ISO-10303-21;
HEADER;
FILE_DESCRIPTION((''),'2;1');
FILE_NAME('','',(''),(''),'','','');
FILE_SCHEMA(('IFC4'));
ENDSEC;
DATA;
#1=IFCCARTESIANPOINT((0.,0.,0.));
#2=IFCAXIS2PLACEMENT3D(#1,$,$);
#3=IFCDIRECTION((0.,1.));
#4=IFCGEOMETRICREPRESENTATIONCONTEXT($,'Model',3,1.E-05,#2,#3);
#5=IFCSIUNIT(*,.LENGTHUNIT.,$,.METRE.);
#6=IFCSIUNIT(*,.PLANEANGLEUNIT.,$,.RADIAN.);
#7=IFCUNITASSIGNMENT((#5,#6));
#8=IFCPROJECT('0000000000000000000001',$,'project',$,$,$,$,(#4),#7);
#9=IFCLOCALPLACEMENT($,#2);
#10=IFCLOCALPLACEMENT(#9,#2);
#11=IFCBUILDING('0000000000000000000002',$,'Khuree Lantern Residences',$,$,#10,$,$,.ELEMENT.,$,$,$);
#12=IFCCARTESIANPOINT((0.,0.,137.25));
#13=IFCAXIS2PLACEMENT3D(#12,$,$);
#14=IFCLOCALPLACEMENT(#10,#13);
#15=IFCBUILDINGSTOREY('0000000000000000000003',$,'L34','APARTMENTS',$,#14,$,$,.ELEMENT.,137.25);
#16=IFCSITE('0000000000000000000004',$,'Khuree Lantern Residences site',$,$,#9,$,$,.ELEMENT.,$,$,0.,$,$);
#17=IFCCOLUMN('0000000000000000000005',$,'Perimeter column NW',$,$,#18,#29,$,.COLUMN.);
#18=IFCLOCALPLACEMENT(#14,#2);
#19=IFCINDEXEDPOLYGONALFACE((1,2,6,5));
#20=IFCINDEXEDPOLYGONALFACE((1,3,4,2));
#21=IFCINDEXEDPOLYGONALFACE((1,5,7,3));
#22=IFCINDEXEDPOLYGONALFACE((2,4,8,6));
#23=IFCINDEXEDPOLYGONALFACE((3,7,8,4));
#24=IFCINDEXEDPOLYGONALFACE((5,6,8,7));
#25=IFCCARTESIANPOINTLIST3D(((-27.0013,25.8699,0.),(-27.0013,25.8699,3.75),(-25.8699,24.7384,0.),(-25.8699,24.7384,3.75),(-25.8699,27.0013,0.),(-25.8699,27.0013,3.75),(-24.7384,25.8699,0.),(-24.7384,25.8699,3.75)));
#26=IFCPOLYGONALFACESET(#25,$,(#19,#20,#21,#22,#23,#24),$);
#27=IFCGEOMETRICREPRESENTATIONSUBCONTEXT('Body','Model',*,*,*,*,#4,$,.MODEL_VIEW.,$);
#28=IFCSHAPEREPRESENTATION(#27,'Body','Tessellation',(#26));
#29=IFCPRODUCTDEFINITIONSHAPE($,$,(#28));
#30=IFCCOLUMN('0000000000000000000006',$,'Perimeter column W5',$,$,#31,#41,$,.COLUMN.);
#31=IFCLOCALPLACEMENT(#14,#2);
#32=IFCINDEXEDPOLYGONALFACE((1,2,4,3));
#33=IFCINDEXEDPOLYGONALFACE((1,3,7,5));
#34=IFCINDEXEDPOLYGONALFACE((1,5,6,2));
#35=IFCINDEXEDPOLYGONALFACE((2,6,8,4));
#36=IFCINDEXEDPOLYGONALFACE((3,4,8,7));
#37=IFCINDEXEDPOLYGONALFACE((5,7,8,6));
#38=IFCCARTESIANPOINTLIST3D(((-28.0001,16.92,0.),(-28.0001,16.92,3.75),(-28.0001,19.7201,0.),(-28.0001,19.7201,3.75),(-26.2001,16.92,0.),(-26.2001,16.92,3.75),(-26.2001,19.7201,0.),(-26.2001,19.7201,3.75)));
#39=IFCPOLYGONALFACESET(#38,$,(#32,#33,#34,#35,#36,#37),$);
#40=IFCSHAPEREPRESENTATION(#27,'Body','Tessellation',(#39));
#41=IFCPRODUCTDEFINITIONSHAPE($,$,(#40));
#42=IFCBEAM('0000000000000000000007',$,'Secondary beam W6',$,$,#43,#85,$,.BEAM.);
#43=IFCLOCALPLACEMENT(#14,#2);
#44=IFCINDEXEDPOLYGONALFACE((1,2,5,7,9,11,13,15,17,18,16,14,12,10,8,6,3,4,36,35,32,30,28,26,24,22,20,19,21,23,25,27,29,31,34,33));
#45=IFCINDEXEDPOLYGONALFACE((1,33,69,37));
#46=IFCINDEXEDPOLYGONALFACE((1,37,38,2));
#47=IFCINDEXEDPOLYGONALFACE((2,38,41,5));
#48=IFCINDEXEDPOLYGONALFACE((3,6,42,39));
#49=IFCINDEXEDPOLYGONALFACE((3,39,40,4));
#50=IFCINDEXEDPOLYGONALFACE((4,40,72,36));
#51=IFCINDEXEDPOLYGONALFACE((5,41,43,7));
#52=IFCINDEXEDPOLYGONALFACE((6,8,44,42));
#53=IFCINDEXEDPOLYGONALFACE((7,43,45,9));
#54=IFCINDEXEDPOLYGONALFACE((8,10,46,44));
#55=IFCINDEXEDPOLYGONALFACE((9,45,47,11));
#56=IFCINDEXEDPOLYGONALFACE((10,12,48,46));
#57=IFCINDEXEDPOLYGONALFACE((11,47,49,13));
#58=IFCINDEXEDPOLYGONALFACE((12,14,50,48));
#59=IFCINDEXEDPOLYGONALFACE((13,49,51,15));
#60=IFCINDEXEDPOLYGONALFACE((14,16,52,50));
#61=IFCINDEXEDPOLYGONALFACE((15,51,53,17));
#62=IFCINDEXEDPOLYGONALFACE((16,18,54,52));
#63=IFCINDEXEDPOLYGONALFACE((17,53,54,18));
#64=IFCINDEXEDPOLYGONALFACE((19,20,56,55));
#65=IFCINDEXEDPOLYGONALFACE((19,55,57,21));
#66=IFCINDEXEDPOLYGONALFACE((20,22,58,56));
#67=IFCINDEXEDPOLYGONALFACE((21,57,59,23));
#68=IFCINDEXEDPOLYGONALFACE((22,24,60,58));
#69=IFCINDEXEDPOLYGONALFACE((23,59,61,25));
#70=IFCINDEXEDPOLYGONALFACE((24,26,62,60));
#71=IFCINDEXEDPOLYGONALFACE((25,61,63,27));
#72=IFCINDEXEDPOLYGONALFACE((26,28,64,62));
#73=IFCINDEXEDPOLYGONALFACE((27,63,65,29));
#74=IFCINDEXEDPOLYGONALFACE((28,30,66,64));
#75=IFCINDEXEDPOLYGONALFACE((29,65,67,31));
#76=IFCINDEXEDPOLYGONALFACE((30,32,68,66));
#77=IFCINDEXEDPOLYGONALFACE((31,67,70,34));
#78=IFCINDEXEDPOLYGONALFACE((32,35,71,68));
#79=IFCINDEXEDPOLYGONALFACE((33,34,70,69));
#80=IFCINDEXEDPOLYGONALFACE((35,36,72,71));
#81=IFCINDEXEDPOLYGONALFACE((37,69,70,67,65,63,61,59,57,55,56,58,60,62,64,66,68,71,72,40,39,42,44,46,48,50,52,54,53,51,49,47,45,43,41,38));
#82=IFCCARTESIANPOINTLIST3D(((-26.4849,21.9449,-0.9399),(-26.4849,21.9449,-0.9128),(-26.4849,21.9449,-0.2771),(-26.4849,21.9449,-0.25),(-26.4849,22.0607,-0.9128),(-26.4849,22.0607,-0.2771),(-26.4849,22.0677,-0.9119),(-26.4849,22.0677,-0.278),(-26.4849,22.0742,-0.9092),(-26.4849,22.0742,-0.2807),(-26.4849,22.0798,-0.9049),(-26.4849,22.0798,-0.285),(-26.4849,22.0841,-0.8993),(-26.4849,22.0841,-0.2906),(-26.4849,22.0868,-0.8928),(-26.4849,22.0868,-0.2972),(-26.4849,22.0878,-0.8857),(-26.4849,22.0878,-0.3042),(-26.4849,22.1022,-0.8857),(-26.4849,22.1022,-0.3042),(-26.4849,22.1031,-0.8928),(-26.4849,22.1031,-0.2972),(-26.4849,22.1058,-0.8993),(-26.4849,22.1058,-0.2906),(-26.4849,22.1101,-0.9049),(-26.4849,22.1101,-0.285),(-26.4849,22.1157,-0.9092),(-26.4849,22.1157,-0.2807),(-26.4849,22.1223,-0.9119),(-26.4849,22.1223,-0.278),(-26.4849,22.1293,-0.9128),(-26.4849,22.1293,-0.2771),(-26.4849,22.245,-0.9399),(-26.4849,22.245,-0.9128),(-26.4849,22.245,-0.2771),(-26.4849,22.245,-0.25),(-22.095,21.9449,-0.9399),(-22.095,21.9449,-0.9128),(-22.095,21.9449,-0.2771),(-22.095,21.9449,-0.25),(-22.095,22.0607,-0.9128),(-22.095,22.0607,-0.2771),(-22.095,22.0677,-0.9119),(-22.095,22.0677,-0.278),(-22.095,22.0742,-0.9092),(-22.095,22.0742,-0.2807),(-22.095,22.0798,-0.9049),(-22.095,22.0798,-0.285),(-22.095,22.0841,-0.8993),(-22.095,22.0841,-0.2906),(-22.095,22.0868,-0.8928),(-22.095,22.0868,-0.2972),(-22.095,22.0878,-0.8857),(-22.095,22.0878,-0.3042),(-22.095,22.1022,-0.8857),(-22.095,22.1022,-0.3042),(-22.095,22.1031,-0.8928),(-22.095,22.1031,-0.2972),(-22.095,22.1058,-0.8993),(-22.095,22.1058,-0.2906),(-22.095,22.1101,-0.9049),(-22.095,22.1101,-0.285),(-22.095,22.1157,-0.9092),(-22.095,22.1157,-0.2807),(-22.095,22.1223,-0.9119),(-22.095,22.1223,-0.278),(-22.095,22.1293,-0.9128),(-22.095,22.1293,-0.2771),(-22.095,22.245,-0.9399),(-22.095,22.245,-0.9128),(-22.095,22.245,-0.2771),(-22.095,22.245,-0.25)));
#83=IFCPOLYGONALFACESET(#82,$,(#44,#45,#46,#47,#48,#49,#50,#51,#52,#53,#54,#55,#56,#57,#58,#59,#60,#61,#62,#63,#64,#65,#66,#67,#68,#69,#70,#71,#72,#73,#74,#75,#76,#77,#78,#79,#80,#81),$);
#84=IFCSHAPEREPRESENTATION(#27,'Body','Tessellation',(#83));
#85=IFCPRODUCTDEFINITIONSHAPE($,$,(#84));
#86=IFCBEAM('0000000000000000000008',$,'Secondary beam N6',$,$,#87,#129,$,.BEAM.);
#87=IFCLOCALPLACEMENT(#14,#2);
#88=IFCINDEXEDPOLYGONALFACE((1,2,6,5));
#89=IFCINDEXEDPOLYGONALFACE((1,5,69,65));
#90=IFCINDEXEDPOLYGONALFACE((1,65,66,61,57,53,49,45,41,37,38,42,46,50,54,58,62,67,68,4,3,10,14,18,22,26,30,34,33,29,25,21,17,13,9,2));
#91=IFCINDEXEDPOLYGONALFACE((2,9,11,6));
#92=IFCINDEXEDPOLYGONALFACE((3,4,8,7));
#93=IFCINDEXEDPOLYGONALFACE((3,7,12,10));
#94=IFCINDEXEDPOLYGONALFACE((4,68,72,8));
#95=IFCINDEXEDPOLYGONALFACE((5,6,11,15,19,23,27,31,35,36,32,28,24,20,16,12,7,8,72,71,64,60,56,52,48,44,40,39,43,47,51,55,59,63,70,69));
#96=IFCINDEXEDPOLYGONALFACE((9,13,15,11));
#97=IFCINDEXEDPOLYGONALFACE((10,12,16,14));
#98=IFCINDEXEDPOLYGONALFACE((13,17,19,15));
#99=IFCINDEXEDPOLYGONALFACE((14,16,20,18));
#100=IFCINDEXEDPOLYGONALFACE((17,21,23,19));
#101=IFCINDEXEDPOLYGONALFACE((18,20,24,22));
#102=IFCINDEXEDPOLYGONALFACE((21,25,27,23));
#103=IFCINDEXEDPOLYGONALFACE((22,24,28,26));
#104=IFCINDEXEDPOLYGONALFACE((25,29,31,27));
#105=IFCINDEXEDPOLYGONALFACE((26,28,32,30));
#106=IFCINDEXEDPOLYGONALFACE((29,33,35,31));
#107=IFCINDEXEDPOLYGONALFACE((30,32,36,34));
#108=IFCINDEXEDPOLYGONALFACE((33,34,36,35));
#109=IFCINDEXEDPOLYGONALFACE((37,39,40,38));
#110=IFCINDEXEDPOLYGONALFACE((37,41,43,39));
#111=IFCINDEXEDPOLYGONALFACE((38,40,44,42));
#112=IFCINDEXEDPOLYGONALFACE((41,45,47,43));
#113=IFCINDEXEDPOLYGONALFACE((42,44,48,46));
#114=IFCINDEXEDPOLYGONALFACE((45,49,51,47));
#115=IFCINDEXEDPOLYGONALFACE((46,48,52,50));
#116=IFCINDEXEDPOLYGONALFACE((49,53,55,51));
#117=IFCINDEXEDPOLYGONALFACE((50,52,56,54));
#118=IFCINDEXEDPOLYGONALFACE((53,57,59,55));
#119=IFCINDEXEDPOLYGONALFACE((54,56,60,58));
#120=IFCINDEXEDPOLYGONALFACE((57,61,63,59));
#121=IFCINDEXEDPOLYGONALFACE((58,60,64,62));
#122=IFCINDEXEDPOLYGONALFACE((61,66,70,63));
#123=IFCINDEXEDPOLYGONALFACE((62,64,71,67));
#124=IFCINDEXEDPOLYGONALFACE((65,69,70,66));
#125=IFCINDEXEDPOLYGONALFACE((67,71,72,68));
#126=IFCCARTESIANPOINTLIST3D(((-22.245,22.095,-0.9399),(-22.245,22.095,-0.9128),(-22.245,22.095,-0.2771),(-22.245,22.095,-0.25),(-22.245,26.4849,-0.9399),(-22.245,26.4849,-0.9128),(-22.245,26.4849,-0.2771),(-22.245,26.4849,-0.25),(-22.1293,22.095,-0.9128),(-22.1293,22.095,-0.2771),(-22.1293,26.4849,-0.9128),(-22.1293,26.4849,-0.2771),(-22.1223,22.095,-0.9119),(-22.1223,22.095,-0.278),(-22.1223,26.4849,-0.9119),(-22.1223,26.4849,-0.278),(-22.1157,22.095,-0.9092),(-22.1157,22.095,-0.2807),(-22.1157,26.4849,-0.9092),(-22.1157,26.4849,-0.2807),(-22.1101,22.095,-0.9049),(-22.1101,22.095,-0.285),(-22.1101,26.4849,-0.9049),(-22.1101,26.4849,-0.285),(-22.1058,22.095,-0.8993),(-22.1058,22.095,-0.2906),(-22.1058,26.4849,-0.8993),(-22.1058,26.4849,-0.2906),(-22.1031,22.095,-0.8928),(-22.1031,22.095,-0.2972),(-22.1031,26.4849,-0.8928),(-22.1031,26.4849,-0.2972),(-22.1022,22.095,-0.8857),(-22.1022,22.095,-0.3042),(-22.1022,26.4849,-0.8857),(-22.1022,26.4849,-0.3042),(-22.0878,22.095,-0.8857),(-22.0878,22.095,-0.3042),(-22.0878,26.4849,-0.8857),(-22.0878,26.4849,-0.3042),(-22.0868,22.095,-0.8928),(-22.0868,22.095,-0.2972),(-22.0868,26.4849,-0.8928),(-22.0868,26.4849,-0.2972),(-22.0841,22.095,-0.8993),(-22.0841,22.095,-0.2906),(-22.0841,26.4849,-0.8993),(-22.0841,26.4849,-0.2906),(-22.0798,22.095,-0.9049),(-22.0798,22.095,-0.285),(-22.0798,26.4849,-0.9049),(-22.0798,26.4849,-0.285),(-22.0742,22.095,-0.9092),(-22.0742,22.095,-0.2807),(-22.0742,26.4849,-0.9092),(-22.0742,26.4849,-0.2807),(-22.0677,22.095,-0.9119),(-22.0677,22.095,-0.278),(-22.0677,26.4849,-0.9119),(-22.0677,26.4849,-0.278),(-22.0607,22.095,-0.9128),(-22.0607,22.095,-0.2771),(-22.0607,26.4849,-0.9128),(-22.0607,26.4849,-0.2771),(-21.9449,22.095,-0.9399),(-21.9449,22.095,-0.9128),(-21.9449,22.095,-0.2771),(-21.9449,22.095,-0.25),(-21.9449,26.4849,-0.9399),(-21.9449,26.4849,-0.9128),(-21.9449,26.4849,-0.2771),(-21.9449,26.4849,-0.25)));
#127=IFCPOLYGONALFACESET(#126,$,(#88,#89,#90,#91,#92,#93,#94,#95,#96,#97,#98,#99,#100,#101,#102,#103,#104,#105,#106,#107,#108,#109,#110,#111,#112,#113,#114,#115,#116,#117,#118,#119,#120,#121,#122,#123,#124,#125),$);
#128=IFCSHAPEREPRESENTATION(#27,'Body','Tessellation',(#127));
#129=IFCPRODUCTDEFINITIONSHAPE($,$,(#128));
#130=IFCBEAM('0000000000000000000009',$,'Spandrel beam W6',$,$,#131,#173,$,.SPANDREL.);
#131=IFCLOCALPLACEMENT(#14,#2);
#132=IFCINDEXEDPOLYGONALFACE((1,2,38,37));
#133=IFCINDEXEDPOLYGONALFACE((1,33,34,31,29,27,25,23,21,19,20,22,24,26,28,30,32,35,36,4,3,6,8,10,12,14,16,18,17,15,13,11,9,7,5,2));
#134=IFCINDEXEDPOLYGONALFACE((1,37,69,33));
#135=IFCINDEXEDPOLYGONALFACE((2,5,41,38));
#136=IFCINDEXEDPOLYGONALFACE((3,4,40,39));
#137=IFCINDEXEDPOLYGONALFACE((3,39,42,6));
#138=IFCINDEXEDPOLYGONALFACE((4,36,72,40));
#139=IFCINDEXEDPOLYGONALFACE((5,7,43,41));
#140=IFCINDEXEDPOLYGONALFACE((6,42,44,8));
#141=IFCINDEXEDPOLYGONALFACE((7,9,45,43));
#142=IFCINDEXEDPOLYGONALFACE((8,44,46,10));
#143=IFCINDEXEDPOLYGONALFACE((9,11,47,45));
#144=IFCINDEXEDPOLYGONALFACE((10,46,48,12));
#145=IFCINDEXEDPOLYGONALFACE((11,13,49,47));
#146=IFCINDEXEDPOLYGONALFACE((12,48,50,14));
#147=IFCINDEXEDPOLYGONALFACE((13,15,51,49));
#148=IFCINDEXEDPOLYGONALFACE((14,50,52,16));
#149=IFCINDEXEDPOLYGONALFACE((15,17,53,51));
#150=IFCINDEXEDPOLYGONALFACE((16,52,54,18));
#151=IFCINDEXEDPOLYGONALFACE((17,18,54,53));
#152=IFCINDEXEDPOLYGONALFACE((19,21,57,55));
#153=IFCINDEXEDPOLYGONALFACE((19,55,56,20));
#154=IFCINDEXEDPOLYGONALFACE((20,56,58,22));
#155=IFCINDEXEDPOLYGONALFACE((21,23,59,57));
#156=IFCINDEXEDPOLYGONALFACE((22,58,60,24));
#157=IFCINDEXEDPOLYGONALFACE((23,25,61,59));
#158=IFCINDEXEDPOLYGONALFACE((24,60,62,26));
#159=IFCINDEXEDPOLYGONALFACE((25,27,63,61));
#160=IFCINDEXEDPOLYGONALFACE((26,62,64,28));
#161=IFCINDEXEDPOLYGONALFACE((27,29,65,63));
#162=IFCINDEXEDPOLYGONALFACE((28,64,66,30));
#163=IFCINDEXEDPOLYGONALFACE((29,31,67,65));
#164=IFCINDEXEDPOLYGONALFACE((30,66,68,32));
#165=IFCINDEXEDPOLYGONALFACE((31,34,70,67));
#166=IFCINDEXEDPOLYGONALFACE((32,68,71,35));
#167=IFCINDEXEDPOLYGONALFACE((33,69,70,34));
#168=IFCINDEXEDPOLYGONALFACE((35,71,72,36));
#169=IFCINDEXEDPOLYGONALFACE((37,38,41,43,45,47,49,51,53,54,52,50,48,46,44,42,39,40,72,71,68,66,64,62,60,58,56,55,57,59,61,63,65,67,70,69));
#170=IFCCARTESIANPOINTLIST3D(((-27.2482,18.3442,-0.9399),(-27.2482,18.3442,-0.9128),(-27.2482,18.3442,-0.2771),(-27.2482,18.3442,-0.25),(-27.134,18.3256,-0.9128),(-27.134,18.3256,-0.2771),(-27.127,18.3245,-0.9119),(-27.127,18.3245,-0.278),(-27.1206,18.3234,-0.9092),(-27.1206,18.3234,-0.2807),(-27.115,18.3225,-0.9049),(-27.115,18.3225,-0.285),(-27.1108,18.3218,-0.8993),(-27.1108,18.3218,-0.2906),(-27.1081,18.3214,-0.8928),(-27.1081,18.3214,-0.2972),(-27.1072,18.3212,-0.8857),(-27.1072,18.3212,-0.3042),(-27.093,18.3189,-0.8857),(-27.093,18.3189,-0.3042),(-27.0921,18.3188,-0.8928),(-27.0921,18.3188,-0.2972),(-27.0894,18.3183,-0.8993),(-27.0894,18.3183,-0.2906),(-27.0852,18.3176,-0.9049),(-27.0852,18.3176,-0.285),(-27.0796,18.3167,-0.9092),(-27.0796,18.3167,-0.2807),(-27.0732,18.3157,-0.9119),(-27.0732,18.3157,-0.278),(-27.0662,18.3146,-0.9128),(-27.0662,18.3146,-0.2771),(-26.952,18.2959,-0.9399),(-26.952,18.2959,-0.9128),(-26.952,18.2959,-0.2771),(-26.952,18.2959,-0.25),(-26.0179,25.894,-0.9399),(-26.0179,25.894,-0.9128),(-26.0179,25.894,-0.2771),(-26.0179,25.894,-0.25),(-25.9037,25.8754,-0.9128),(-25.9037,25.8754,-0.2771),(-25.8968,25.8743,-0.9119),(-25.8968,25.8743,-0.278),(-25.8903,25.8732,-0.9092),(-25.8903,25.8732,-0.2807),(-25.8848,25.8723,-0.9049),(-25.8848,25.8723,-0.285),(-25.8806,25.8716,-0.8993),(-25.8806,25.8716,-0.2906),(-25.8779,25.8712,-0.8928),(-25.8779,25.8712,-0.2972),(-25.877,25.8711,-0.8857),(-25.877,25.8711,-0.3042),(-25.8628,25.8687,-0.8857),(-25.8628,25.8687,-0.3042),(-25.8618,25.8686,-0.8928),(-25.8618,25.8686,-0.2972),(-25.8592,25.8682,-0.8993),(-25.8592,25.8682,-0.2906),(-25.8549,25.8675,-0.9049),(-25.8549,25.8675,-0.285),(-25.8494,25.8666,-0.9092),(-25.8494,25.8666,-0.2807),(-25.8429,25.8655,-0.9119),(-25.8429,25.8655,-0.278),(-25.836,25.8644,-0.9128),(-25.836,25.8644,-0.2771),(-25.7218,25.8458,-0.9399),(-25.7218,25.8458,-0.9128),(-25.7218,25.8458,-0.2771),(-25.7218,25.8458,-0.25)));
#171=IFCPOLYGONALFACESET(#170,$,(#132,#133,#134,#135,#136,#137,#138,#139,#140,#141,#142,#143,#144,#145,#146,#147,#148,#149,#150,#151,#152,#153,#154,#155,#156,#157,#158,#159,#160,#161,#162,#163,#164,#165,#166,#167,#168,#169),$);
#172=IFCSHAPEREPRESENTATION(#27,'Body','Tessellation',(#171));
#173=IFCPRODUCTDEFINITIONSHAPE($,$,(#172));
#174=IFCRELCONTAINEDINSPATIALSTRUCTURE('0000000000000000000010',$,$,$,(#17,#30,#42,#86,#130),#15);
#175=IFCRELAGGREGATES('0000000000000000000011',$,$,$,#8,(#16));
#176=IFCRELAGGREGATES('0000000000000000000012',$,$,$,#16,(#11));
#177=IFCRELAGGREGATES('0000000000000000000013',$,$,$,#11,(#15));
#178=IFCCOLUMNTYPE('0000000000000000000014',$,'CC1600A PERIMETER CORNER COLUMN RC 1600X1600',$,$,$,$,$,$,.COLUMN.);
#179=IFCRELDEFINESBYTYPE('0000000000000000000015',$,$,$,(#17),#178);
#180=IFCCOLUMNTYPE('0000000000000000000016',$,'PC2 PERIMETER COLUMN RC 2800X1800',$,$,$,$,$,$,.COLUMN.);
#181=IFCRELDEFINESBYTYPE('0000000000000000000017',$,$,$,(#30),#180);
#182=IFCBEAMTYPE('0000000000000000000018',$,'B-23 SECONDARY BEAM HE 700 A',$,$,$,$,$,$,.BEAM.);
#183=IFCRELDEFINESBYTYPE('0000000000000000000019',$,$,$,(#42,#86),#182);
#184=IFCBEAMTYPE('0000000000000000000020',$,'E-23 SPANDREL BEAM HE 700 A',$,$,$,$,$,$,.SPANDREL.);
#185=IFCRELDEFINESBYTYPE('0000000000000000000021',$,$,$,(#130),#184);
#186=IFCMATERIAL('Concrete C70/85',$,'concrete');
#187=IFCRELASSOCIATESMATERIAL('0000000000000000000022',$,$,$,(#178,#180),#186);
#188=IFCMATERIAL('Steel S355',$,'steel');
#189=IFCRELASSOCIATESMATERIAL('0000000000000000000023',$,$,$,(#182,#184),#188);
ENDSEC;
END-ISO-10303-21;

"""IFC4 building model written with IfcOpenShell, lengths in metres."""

from ifc_helpers import new_model, si_unit, direction, frame, origin, origin_2d, place, context, subcontext, project, spatial, rectangle, i_section, extrude, material, material_profile, profile_set, type_object, element, save


model = new_model("IFC4")

# Units and contexts
model_context = context("Model", 3, precision=1e-05, world=origin(), true_north=direction((0.0, 1.0)))
body_context = subcontext(model_context, "Body", "Model", "MODEL_VIEW")
ifc_project = project(units=[si_unit("LENGTHUNIT", "METRE"), si_unit("PLANEANGLEUNIT", "RADIAN")], contexts=[model_context])

# Site, building, storey
site_placement = place(None, origin())
site = spatial("IfcSite", under=ifc_project, at=site_placement, Name="Khuree Lantern Residences site", CompositionType="ELEMENT", RefElevation=0.0)
building_placement = place(site_placement, origin())
building = spatial("IfcBuilding", under=site, at=building_placement, Name="Khuree Lantern Residences", CompositionType="ELEMENT")
storey_placement = place(building_placement, frame((0.0, 0.0, 137.25)))
storey = spatial("IfcBuildingStorey", under=building, at=storey_placement, Name="L34", Description="APARTMENTS", CompositionType="ELEMENT", Elevation=137.25)

# Columns
ifc_material_1 = material(Name="Concrete C70/85", Category="concrete")
ifc_material_profile_1 = material_profile(ifc_material_1, rectangle(XDim=1.6001, YDim=1.6001, at=origin_2d()), Name="RC 1600X1600")
ifc_profile_set_1 = profile_set([ifc_material_profile_1], Name="Concrete C70/85")
column_type_1 = type_object("IfcColumnType", Name="CC1600A PERIMETER CORNER COLUMN RC 1600X1600", PredefinedType="COLUMN", material=ifc_profile_set_1)
column_1_placement = place(storey_placement, frame((-25.8699, 25.8699, 0.0), z_axis=(0.0, 0.0, 1.0), x_axis=(0.707107, 0.707107, 0.0)))
element("IfcColumn", 1, at=column_1_placement, inside=storey, type_object=column_type_1, Name="Perimeter column NW", PredefinedType="COLUMN", context=body_context, shape_type="SweptSolid", body=[
    extrude(rectangle(XDim=1.6001, YDim=1.6001, at=origin_2d()), origin(), (0.0, 0.0, 1.0), 3.75),
])
ifc_material_profile_2 = material_profile(ifc_material_1, rectangle(XDim=2.8, YDim=1.8, at=origin_2d()), Name="RC 2800X1800")
ifc_profile_set_2 = profile_set([ifc_material_profile_2], Name="Concrete C70/85")
column_type_2 = type_object("IfcColumnType", Name="PC2 PERIMETER COLUMN RC 2800X1800", PredefinedType="COLUMN", material=ifc_profile_set_2)
column_2_placement = place(storey_placement, frame((-27.1001, 18.3201, 0.0), z_axis=(0.0, 0.0, 1.0), x_axis=(0.0, 1.0, 0.0)))
element("IfcColumn", 2, at=column_2_placement, inside=storey, type_object=column_type_2, Name="Perimeter column W5", PredefinedType="COLUMN", context=body_context, shape_type="SweptSolid", body=[
    extrude(rectangle(XDim=2.8, YDim=1.8, at=origin_2d()), origin(), (0.0, 0.0, 1.0), 3.75),
])

# Beams
ifc_material_2 = material(Name="Steel S355", Category="steel")
ifc_material_profile_3 = material_profile(ifc_material_2, i_section(OverallWidth=0.3, OverallDepth=0.6899, WebThickness=0.0144, FlangeThickness=0.0271, FilletRadius=0.0271, at=origin_2d()), Name="HE 700 A")
ifc_profile_set_3 = profile_set([ifc_material_profile_3], Name="Steel S355")
beam_type_1 = type_object("IfcBeamType", Name="B-23 SECONDARY BEAM HE 700 A", PredefinedType="BEAM", material=ifc_profile_set_3)
for number, where, z_axis, x_axis, name in (
    (3, (-26.4849, 22.095, -0.595), (1.0, 0.0, 0.0), (0.0, 1.0, 0.0), "Secondary beam W6"),
    (4, (-22.095, 26.4849, -0.595), (0.0, -1.0, 0.0), (1.0, 0.0, 0.0), "Secondary beam N6"),
):
    element("IfcBeam", number, at=place(storey_placement, frame(where, z_axis=z_axis, x_axis=x_axis)), inside=storey, type_object=beam_type_1, Name=name, PredefinedType="BEAM", context=body_context, shape_type="SweptSolid", body=[
        extrude(i_section(OverallWidth=0.3, OverallDepth=0.6899, WebThickness=0.0144, FlangeThickness=0.0271, FilletRadius=0.0271, at=origin_2d()), origin(), (0.0, 0.0, 1.0), 4.3899),
    ])
ifc_material_profile_4 = material_profile(ifc_material_2, i_section(OverallWidth=0.3, OverallDepth=0.6899, WebThickness=0.0144, FlangeThickness=0.0271, FilletRadius=0.0271, at=origin_2d()), Name="HE 700 A")
ifc_profile_set_4 = profile_set([ifc_material_profile_4], Name="Steel S355")
beam_type_2 = type_object("IfcBeamType", Name="E-23 SPANDREL BEAM HE 700 A", PredefinedType="SPANDREL", material=ifc_profile_set_4)
for number, where, z_axis, x_axis, name in (
    (5, (-27.1001, 18.3201, -0.595), (0.160827, 0.986983, 0.0), (-0.986983, 0.160827, 0.0), "Spandrel beam W6"),
):
    element("IfcBeam", number, at=place(storey_placement, frame(where, z_axis=z_axis, x_axis=x_axis)), inside=storey, type_object=beam_type_2, Name=name, PredefinedType="SPANDREL", context=body_context, shape_type="SweptSolid", body=[
        extrude(i_section(OverallWidth=0.3, OverallDepth=0.6899, WebThickness=0.0144, FlangeThickness=0.0271, FilletRadius=0.0271, at=origin_2d()), origin(), (0.0, 0.0, 1.0), 7.6494),
    ])

save(model, "model.ifc")
